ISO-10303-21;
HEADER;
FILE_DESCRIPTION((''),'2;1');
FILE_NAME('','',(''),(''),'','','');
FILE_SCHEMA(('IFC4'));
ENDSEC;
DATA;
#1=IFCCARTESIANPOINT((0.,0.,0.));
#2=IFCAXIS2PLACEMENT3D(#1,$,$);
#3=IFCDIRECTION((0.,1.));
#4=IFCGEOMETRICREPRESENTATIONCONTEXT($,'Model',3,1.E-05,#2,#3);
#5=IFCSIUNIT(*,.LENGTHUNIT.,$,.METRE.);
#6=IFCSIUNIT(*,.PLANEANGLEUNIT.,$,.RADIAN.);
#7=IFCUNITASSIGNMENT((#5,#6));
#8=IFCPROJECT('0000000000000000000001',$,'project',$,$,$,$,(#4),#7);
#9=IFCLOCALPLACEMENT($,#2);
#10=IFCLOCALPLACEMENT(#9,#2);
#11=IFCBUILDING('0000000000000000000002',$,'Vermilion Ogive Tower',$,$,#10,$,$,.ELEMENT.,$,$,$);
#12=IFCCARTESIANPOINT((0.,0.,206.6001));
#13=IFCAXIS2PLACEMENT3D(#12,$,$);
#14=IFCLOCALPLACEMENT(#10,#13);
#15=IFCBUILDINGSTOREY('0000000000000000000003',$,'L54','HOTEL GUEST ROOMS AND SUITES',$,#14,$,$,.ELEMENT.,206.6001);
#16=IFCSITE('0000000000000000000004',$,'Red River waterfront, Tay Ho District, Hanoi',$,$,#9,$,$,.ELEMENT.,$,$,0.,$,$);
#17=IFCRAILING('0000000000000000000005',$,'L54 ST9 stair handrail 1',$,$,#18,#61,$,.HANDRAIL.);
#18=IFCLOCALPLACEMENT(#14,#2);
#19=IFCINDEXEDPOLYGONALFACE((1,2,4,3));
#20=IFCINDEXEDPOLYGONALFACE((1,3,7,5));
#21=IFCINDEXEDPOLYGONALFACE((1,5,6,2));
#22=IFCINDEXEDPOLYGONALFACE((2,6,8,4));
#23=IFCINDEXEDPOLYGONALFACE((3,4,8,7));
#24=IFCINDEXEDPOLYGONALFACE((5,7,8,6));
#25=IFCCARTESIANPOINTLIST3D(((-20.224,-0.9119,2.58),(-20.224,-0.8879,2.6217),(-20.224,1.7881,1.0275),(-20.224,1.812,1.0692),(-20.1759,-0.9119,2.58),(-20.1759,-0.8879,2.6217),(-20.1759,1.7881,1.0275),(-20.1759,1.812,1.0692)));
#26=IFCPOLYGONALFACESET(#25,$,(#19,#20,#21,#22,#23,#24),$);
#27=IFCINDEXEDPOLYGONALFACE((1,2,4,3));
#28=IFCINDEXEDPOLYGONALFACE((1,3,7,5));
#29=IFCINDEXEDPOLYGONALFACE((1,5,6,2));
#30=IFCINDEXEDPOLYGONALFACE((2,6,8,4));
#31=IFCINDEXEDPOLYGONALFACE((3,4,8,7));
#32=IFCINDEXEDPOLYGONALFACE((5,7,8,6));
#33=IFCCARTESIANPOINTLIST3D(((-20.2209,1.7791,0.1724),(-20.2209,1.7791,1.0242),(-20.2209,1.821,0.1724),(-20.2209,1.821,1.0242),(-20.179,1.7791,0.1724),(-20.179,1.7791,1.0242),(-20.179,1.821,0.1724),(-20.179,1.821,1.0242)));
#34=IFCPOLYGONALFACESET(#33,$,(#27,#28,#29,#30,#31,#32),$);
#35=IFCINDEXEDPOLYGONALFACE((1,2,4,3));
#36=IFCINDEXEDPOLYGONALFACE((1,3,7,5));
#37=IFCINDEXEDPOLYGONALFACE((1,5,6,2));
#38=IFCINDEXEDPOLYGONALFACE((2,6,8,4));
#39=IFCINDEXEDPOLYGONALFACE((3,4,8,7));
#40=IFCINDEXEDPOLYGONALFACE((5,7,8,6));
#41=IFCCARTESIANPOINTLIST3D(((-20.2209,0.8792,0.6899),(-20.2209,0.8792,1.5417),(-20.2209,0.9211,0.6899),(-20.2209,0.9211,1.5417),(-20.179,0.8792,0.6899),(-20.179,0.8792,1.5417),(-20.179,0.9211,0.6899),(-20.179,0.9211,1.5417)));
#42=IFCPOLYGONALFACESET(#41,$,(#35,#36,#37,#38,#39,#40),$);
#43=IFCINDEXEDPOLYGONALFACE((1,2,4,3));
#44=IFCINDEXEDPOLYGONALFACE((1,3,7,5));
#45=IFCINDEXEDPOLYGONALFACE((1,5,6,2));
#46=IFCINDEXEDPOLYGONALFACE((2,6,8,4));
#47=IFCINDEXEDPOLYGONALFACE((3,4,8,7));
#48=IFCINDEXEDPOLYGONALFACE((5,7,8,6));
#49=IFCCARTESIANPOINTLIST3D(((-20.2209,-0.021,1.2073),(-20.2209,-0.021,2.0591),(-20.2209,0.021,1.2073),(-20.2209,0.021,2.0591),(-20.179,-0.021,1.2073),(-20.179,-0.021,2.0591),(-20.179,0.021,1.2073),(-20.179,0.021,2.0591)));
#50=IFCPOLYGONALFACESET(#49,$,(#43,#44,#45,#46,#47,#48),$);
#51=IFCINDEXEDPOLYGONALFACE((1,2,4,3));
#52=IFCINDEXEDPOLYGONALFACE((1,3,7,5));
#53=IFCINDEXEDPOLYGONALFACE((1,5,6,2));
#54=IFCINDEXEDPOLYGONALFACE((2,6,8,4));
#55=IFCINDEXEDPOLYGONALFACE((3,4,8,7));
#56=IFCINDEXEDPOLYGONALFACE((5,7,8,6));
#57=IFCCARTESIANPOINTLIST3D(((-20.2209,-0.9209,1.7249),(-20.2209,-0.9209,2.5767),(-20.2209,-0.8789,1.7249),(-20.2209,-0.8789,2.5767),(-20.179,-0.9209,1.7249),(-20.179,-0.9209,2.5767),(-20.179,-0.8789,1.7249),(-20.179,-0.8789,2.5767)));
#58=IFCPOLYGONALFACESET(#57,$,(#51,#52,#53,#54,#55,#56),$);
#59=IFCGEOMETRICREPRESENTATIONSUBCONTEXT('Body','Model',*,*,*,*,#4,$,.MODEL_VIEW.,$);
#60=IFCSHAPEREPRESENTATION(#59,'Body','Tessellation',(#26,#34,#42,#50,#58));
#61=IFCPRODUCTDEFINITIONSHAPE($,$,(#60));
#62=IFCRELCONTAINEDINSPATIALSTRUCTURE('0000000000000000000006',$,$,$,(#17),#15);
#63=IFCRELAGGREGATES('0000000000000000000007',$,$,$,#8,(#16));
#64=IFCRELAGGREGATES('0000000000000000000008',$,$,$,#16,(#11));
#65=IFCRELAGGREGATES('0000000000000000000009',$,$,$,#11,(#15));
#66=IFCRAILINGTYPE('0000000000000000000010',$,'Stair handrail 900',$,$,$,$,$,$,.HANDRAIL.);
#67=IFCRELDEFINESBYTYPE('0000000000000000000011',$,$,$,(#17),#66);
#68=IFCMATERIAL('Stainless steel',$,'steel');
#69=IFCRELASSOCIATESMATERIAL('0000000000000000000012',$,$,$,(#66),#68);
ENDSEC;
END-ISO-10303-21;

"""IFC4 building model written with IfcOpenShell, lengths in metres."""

from ifc_helpers import new_model, si_unit, direction, frame, origin, origin_2d, place, context, subcontext, project, spatial, rectangle, extrude, material, type_object, element, save


model = new_model("IFC4")

# Units and contexts
model_context = context("Model", 3, precision=1e-05, world=origin(), true_north=direction((0.0, 1.0)))
body_context = subcontext(model_context, "Body", "Model", "MODEL_VIEW")
ifc_project = project(units=[si_unit("LENGTHUNIT", "METRE"), si_unit("PLANEANGLEUNIT", "RADIAN")], contexts=[model_context])

# Site, building, storey
site_placement = place(None, origin())
site = spatial("IfcSite", under=ifc_project, at=site_placement, Name="Red River waterfront, Tay Ho District, Hanoi", CompositionType="ELEMENT", RefElevation=0.0)
building_placement = place(site_placement, origin())
building = spatial("IfcBuilding", under=site, at=building_placement, Name="Vermilion Ogive Tower", CompositionType="ELEMENT")
storey_placement = place(building_placement, frame((0.0, 0.0, 206.6001)))
storey = spatial("IfcBuildingStorey", under=building, at=storey_placement, Name="L54", Description="HOTEL GUEST ROOMS AND SUITES", CompositionType="ELEMENT", Elevation=206.6001)

# Railing
ifc_material_1 = material(Name="Stainless steel", Category="steel")
railing_type_1 = type_object("IfcRailingType", Name="Stair handrail 900", PredefinedType="HANDRAIL", material=ifc_material_1)
railing_1_placement = place(storey_placement, frame((-20.2, 1.8, 0.1724)))
element("IfcRailing", 1, at=railing_1_placement, inside=storey, type_object=railing_type_1, Name="L54 ST9 stair handrail 1", PredefinedType="HANDRAIL", context=body_context, shape_type="SweptSolid", body=[
    extrude(rectangle(XDim=0.0481, YDim=0.0481, at=origin_2d()), frame((0.0, 0.0, 0.876), z_axis=(0.0, -0.866904, 0.498476), x_axis=(1.0, 0.0, 0.0)), (0.0, 0.0, 1.0), 3.1145),
    extrude(rectangle(XDim=0.042, YDim=0.042, at=origin_2d()), origin(), (0.0, 0.0, 1.0), 0.8518),
    extrude(rectangle(XDim=0.042, YDim=0.042, at=origin_2d()), frame((0.0, -0.8999, 0.5176)), (0.0, 0.0, 1.0), 0.8518),
    extrude(rectangle(XDim=0.042, YDim=0.042, at=origin_2d()), frame((0.0, -1.8, 1.0349)), (0.0, 0.0, 1.0), 0.8518),
    extrude(rectangle(XDim=0.042, YDim=0.042, at=origin_2d()), frame((0.0, -2.7, 1.5525)), (0.0, 0.0, 1.0), 0.8518),
])

save(model, "model.ifc")
